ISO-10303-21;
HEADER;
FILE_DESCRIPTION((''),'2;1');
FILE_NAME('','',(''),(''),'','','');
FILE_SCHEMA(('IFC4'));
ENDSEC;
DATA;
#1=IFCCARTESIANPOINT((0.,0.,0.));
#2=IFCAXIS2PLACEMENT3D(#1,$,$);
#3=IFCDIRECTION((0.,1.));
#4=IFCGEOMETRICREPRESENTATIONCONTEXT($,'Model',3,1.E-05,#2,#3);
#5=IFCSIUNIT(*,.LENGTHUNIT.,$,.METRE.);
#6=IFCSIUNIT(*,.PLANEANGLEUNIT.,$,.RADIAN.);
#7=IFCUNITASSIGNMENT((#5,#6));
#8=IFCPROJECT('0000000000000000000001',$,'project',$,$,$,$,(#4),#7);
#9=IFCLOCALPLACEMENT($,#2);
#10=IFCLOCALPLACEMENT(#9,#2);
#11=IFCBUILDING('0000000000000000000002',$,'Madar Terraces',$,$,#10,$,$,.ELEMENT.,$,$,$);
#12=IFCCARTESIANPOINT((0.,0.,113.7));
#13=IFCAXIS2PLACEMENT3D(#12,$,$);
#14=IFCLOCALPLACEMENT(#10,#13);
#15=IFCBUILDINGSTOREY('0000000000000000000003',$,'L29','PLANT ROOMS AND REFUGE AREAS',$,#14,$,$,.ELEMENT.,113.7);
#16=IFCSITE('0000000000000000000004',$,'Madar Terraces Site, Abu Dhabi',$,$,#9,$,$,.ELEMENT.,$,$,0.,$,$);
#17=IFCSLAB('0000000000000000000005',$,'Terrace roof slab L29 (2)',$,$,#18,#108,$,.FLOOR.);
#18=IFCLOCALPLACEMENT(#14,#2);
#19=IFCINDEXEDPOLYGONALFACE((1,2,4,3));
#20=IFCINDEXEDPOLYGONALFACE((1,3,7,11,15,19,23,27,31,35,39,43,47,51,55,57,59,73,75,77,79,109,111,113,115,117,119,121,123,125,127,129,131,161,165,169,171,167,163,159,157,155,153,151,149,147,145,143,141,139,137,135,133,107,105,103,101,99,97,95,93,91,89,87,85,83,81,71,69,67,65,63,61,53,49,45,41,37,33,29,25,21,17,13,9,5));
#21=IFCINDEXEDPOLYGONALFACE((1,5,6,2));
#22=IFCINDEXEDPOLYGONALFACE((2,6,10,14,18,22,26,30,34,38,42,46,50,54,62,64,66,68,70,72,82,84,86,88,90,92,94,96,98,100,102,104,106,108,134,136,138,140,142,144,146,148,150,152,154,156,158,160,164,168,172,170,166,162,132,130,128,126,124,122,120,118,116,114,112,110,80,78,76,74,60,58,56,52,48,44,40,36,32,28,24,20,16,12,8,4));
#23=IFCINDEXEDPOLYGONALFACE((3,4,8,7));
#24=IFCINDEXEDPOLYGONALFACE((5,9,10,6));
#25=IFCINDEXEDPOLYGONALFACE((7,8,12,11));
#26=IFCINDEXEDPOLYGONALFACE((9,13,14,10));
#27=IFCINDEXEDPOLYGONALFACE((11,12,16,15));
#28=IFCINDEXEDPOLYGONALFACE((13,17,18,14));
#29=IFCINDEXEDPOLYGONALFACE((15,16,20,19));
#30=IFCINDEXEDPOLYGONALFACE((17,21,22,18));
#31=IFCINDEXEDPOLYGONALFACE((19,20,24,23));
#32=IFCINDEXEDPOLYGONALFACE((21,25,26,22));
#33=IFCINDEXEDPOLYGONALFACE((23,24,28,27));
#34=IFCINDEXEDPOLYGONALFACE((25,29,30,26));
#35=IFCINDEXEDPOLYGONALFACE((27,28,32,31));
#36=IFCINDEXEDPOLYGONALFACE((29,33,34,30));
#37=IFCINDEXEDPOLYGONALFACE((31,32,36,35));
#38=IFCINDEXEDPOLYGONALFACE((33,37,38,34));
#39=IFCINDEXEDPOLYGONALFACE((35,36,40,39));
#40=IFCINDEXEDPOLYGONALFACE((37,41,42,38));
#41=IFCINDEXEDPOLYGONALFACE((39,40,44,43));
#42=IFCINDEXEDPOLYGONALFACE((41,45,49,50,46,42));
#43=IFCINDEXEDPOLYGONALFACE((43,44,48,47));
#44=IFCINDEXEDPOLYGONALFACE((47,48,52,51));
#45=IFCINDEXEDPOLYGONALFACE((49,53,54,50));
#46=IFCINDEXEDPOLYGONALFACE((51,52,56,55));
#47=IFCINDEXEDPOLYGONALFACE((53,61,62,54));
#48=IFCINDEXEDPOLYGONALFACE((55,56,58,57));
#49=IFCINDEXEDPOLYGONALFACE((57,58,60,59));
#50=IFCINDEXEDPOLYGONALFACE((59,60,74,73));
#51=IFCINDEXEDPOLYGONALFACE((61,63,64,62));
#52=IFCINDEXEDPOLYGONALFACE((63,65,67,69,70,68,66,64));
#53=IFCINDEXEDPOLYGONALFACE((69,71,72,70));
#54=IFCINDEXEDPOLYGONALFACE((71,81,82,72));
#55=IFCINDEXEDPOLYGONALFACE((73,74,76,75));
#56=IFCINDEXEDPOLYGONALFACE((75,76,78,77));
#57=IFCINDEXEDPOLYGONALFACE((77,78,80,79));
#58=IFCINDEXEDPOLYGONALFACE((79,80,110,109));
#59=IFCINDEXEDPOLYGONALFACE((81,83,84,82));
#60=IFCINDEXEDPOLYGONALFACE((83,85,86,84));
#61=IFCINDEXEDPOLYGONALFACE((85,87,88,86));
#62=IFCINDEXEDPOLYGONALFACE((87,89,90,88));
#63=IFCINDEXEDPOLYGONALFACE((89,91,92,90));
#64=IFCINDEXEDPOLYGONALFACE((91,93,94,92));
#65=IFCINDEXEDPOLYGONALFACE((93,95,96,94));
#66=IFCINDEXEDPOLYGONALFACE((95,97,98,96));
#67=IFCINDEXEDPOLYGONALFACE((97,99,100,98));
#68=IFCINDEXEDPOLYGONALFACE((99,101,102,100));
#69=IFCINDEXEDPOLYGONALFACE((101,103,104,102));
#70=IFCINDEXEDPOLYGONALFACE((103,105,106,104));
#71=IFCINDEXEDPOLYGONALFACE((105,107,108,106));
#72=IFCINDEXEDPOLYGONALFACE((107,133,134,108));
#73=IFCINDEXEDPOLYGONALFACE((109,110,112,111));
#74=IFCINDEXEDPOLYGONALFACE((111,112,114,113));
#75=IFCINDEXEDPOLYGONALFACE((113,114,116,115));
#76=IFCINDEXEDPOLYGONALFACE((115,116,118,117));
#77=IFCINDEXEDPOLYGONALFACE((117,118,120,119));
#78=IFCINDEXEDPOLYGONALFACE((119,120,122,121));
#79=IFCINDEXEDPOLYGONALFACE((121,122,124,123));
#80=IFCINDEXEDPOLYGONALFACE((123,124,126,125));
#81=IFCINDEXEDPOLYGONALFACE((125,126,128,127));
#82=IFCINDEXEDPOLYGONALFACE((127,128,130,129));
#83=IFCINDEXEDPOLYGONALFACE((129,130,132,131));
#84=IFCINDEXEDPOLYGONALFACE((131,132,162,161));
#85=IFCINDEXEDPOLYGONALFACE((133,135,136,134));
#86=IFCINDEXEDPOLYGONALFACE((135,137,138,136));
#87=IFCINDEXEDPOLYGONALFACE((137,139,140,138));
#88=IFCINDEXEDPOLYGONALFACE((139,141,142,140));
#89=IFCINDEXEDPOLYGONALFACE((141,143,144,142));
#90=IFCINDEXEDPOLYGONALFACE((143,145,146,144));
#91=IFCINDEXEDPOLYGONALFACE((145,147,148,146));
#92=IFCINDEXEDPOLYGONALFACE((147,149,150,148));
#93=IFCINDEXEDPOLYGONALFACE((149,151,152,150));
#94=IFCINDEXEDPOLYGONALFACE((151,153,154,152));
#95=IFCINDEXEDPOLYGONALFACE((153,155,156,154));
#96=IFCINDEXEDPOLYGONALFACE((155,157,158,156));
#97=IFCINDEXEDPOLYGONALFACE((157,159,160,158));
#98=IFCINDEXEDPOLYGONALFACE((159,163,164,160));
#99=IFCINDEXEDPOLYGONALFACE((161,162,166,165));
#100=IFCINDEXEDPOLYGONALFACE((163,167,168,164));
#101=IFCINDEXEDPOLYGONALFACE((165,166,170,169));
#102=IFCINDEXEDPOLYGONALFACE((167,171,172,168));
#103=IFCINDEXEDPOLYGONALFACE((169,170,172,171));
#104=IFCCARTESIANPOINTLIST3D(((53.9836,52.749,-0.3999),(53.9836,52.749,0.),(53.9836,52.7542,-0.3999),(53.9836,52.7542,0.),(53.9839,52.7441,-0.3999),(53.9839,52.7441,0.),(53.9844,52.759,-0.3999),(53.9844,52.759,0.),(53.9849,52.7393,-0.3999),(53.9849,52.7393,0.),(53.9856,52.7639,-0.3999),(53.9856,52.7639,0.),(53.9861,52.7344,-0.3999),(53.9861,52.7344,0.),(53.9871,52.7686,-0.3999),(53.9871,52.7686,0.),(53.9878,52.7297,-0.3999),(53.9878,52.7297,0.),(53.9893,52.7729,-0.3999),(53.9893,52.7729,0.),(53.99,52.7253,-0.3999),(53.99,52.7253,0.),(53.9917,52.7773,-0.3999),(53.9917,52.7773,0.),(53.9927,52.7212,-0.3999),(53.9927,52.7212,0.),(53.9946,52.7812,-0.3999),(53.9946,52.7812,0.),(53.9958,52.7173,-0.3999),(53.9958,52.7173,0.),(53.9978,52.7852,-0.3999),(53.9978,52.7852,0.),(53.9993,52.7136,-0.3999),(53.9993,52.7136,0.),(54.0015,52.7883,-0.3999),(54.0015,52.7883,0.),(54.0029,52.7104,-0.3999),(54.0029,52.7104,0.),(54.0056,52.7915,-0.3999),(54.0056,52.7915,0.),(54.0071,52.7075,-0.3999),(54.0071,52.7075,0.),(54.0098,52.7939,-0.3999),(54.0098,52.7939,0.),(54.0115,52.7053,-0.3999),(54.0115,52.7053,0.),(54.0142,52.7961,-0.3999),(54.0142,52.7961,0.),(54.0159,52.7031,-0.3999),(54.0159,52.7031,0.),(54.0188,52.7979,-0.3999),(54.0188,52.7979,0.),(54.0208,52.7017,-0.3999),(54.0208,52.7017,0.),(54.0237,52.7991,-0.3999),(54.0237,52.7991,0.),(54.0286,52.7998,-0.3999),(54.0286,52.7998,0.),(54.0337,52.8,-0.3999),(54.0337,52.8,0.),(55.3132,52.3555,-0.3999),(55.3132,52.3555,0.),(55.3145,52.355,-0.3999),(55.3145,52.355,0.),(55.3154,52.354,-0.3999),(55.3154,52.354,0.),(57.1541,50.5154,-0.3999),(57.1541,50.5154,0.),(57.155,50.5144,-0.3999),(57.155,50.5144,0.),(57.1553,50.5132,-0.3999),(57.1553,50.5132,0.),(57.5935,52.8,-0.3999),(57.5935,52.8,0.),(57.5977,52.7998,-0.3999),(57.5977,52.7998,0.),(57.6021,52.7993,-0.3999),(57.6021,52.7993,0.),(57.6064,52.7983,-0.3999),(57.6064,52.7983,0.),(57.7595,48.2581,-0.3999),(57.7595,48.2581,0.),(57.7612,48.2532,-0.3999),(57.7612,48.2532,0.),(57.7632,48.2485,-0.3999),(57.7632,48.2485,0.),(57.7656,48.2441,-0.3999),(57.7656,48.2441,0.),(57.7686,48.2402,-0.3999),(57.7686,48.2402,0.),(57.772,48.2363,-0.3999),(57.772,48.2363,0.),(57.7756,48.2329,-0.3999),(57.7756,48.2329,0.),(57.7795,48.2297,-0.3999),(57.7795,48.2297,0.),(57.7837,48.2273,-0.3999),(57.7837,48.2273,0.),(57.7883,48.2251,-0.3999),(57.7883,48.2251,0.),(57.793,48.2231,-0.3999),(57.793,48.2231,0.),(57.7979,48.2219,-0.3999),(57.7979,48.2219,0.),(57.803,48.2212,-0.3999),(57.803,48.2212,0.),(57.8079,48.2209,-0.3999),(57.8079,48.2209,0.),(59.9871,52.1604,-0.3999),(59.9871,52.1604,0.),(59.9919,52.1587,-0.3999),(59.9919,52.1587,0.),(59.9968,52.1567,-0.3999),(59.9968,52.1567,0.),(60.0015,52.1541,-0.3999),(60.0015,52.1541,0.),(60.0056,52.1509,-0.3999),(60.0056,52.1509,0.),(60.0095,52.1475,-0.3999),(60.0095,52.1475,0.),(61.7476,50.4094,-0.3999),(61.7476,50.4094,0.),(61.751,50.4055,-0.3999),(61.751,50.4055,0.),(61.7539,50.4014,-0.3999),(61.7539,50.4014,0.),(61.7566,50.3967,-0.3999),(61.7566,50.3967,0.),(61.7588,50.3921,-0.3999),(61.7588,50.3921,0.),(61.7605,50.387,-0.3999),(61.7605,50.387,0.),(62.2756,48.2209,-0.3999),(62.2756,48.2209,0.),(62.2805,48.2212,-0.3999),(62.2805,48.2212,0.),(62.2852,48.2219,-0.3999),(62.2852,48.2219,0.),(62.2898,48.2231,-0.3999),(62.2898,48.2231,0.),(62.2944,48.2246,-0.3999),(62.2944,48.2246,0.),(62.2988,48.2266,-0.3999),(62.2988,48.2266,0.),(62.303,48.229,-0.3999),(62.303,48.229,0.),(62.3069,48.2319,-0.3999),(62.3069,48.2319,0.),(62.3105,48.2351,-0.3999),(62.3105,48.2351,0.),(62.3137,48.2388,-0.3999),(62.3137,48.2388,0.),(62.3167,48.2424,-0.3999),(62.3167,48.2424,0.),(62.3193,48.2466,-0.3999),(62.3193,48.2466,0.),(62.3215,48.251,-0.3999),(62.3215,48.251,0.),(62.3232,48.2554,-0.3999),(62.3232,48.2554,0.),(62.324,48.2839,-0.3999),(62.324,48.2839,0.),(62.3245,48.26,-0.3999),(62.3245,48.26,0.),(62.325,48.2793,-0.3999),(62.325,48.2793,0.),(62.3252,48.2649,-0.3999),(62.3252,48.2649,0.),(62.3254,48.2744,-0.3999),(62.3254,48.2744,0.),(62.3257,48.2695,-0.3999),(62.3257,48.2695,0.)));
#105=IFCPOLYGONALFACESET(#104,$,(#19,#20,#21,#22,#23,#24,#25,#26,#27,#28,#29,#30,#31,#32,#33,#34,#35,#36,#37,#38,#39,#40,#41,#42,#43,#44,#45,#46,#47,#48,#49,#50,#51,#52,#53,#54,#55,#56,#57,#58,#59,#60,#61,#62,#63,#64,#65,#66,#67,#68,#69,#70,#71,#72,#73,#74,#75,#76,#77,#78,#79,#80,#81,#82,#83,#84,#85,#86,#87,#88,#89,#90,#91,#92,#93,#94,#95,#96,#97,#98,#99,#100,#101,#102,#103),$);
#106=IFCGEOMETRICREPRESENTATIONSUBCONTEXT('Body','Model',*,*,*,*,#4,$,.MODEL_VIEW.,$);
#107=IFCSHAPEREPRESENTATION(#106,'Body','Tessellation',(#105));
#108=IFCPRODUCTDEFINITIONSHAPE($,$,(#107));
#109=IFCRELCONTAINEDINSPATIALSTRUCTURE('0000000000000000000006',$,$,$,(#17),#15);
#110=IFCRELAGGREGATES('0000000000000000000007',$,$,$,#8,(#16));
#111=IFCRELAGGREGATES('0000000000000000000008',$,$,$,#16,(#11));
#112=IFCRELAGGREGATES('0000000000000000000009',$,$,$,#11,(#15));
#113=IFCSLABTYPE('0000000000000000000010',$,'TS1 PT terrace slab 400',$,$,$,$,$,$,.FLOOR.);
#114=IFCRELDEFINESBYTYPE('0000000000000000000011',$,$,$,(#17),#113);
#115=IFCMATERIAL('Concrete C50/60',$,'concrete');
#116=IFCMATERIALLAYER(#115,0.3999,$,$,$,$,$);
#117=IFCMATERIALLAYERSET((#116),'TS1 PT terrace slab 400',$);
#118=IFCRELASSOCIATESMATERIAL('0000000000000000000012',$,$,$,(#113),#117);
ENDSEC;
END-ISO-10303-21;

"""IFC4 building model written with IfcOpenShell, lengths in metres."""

from ifc_helpers import new_model, si_unit, direction, frame, origin, place, context, subcontext, project, spatial, polyline, outline, extrude, material, layer, layer_set, type_object, element, save


model = new_model("IFC4")

# Units and contexts
model_context = context("Model", 3, precision=1e-05, world=origin(), true_north=direction((0.0, 1.0)))
body_context = subcontext(model_context, "Body", "Model", "MODEL_VIEW")
ifc_project = project(units=[si_unit("LENGTHUNIT", "METRE"), si_unit("PLANEANGLEUNIT", "RADIAN")], contexts=[model_context])

# Site, building, storey
site_placement = place(None, origin())
site = spatial("IfcSite", under=ifc_project, at=site_placement, Name="Madar Terraces Site, Abu Dhabi", CompositionType="ELEMENT", RefElevation=0.0)
building_placement = place(site_placement, origin())
building = spatial("IfcBuilding", under=site, at=building_placement, Name="Madar Terraces", CompositionType="ELEMENT")
storey_placement = place(building_placement, frame((0.0, 0.0, 113.7)))
storey = spatial("IfcBuildingStorey", under=building, at=storey_placement, Name="L29", Description="PLANT ROOMS AND REFUGE AREAS", CompositionType="ELEMENT", Elevation=113.7)

# Slab
ifc_material_1 = material(Name="Concrete C50/60", Category="concrete")
ifc_layer_1 = layer(ifc_material_1, 0.3999)
ifc_layer_set_1 = layer_set([ifc_layer_1], Name="TS1 PT terrace slab 400")
slab_type_1 = type_object("IfcSlabType", Name="TS1 PT terrace slab 400", PredefinedType="FLOOR", material=ifc_layer_set_1)
slab_1_placement = place(storey_placement, frame((0.0, 0.0, -0.3999)))
element("IfcSlab", 1, at=slab_1_placement, inside=storey, type_object=slab_type_1, Name="Terrace roof slab L29 (2)", PredefinedType="FLOOR", context=body_context, shape_type="SweptSolid", body=[
    extrude(outline(polyline([(54.0208, 52.7017), (55.3132, 52.3555), (55.3145, 52.355), (55.3154, 52.354), (57.1541, 50.5154), (57.155, 50.5144), (57.1553, 50.5132), (57.7595, 48.2581), (57.7612, 48.2532), (57.7632, 48.2485), (57.7656, 48.2441), (57.7686, 48.2402), (57.772, 48.2363), (57.7756, 48.2329), (57.7795, 48.2297), (57.7837, 48.2273), (57.7883, 48.2251), (57.793, 48.2231), (57.7979, 48.2219), (57.803, 48.2212), (57.8079, 48.2209), (62.2756, 48.2209), (62.2805, 48.2212), (62.2852, 48.2219), (62.2898, 48.2231), (62.2944, 48.2246), (62.2988, 48.2266), (62.303, 48.229), (62.3069, 48.2319), (62.3105, 48.2351), (62.3137, 48.2388), (62.3167, 48.2424), (62.3193, 48.2466), (62.3215, 48.251), (62.3232, 48.2554), (62.3245, 48.26), (62.3252, 48.2649), (62.3257, 48.2695), (62.3254, 48.2744), (62.325, 48.2793), (62.324, 48.2839), (61.7605, 50.387), (61.7588, 50.3921), (61.7566, 50.3967), (61.7539, 50.4014), (61.751, 50.4055), (61.7476, 50.4094), (60.0095, 52.1475), (60.0056, 52.1509), (60.0015, 52.1541), (59.9968, 52.1567), (59.9919, 52.1587), (59.9871, 52.1604), (57.6064, 52.7983), (57.6021, 52.7993), (57.5977, 52.7998), (57.5935, 52.8), (54.0337, 52.8), (54.0286, 52.7998), (54.0237, 52.7991), (54.0188, 52.7979), (54.0142, 52.7961), (54.0098, 52.7939), (54.0056, 52.7915), (54.0015, 52.7883), (53.9978, 52.7852), (53.9946, 52.7812), (53.9917, 52.7773), (53.9893, 52.7729), (53.9871, 52.7686), (53.9856, 52.7639), (53.9844, 52.759), (53.9836, 52.7542), (53.9836, 52.749), (53.9839, 52.7441), (53.9849, 52.7393), (53.9861, 52.7344), (53.9878, 52.7297), (53.99, 52.7253), (53.9927, 52.7212), (53.9958, 52.7173), (53.9993, 52.7136), (54.0029, 52.7104), (54.0071, 52.7075), (54.0115, 52.7053), (54.0159, 52.7031), (54.0208, 52.7017)])), origin(), (0.0, 0.0, 1.0), 0.3999),
])

save(model, "model.ifc")
